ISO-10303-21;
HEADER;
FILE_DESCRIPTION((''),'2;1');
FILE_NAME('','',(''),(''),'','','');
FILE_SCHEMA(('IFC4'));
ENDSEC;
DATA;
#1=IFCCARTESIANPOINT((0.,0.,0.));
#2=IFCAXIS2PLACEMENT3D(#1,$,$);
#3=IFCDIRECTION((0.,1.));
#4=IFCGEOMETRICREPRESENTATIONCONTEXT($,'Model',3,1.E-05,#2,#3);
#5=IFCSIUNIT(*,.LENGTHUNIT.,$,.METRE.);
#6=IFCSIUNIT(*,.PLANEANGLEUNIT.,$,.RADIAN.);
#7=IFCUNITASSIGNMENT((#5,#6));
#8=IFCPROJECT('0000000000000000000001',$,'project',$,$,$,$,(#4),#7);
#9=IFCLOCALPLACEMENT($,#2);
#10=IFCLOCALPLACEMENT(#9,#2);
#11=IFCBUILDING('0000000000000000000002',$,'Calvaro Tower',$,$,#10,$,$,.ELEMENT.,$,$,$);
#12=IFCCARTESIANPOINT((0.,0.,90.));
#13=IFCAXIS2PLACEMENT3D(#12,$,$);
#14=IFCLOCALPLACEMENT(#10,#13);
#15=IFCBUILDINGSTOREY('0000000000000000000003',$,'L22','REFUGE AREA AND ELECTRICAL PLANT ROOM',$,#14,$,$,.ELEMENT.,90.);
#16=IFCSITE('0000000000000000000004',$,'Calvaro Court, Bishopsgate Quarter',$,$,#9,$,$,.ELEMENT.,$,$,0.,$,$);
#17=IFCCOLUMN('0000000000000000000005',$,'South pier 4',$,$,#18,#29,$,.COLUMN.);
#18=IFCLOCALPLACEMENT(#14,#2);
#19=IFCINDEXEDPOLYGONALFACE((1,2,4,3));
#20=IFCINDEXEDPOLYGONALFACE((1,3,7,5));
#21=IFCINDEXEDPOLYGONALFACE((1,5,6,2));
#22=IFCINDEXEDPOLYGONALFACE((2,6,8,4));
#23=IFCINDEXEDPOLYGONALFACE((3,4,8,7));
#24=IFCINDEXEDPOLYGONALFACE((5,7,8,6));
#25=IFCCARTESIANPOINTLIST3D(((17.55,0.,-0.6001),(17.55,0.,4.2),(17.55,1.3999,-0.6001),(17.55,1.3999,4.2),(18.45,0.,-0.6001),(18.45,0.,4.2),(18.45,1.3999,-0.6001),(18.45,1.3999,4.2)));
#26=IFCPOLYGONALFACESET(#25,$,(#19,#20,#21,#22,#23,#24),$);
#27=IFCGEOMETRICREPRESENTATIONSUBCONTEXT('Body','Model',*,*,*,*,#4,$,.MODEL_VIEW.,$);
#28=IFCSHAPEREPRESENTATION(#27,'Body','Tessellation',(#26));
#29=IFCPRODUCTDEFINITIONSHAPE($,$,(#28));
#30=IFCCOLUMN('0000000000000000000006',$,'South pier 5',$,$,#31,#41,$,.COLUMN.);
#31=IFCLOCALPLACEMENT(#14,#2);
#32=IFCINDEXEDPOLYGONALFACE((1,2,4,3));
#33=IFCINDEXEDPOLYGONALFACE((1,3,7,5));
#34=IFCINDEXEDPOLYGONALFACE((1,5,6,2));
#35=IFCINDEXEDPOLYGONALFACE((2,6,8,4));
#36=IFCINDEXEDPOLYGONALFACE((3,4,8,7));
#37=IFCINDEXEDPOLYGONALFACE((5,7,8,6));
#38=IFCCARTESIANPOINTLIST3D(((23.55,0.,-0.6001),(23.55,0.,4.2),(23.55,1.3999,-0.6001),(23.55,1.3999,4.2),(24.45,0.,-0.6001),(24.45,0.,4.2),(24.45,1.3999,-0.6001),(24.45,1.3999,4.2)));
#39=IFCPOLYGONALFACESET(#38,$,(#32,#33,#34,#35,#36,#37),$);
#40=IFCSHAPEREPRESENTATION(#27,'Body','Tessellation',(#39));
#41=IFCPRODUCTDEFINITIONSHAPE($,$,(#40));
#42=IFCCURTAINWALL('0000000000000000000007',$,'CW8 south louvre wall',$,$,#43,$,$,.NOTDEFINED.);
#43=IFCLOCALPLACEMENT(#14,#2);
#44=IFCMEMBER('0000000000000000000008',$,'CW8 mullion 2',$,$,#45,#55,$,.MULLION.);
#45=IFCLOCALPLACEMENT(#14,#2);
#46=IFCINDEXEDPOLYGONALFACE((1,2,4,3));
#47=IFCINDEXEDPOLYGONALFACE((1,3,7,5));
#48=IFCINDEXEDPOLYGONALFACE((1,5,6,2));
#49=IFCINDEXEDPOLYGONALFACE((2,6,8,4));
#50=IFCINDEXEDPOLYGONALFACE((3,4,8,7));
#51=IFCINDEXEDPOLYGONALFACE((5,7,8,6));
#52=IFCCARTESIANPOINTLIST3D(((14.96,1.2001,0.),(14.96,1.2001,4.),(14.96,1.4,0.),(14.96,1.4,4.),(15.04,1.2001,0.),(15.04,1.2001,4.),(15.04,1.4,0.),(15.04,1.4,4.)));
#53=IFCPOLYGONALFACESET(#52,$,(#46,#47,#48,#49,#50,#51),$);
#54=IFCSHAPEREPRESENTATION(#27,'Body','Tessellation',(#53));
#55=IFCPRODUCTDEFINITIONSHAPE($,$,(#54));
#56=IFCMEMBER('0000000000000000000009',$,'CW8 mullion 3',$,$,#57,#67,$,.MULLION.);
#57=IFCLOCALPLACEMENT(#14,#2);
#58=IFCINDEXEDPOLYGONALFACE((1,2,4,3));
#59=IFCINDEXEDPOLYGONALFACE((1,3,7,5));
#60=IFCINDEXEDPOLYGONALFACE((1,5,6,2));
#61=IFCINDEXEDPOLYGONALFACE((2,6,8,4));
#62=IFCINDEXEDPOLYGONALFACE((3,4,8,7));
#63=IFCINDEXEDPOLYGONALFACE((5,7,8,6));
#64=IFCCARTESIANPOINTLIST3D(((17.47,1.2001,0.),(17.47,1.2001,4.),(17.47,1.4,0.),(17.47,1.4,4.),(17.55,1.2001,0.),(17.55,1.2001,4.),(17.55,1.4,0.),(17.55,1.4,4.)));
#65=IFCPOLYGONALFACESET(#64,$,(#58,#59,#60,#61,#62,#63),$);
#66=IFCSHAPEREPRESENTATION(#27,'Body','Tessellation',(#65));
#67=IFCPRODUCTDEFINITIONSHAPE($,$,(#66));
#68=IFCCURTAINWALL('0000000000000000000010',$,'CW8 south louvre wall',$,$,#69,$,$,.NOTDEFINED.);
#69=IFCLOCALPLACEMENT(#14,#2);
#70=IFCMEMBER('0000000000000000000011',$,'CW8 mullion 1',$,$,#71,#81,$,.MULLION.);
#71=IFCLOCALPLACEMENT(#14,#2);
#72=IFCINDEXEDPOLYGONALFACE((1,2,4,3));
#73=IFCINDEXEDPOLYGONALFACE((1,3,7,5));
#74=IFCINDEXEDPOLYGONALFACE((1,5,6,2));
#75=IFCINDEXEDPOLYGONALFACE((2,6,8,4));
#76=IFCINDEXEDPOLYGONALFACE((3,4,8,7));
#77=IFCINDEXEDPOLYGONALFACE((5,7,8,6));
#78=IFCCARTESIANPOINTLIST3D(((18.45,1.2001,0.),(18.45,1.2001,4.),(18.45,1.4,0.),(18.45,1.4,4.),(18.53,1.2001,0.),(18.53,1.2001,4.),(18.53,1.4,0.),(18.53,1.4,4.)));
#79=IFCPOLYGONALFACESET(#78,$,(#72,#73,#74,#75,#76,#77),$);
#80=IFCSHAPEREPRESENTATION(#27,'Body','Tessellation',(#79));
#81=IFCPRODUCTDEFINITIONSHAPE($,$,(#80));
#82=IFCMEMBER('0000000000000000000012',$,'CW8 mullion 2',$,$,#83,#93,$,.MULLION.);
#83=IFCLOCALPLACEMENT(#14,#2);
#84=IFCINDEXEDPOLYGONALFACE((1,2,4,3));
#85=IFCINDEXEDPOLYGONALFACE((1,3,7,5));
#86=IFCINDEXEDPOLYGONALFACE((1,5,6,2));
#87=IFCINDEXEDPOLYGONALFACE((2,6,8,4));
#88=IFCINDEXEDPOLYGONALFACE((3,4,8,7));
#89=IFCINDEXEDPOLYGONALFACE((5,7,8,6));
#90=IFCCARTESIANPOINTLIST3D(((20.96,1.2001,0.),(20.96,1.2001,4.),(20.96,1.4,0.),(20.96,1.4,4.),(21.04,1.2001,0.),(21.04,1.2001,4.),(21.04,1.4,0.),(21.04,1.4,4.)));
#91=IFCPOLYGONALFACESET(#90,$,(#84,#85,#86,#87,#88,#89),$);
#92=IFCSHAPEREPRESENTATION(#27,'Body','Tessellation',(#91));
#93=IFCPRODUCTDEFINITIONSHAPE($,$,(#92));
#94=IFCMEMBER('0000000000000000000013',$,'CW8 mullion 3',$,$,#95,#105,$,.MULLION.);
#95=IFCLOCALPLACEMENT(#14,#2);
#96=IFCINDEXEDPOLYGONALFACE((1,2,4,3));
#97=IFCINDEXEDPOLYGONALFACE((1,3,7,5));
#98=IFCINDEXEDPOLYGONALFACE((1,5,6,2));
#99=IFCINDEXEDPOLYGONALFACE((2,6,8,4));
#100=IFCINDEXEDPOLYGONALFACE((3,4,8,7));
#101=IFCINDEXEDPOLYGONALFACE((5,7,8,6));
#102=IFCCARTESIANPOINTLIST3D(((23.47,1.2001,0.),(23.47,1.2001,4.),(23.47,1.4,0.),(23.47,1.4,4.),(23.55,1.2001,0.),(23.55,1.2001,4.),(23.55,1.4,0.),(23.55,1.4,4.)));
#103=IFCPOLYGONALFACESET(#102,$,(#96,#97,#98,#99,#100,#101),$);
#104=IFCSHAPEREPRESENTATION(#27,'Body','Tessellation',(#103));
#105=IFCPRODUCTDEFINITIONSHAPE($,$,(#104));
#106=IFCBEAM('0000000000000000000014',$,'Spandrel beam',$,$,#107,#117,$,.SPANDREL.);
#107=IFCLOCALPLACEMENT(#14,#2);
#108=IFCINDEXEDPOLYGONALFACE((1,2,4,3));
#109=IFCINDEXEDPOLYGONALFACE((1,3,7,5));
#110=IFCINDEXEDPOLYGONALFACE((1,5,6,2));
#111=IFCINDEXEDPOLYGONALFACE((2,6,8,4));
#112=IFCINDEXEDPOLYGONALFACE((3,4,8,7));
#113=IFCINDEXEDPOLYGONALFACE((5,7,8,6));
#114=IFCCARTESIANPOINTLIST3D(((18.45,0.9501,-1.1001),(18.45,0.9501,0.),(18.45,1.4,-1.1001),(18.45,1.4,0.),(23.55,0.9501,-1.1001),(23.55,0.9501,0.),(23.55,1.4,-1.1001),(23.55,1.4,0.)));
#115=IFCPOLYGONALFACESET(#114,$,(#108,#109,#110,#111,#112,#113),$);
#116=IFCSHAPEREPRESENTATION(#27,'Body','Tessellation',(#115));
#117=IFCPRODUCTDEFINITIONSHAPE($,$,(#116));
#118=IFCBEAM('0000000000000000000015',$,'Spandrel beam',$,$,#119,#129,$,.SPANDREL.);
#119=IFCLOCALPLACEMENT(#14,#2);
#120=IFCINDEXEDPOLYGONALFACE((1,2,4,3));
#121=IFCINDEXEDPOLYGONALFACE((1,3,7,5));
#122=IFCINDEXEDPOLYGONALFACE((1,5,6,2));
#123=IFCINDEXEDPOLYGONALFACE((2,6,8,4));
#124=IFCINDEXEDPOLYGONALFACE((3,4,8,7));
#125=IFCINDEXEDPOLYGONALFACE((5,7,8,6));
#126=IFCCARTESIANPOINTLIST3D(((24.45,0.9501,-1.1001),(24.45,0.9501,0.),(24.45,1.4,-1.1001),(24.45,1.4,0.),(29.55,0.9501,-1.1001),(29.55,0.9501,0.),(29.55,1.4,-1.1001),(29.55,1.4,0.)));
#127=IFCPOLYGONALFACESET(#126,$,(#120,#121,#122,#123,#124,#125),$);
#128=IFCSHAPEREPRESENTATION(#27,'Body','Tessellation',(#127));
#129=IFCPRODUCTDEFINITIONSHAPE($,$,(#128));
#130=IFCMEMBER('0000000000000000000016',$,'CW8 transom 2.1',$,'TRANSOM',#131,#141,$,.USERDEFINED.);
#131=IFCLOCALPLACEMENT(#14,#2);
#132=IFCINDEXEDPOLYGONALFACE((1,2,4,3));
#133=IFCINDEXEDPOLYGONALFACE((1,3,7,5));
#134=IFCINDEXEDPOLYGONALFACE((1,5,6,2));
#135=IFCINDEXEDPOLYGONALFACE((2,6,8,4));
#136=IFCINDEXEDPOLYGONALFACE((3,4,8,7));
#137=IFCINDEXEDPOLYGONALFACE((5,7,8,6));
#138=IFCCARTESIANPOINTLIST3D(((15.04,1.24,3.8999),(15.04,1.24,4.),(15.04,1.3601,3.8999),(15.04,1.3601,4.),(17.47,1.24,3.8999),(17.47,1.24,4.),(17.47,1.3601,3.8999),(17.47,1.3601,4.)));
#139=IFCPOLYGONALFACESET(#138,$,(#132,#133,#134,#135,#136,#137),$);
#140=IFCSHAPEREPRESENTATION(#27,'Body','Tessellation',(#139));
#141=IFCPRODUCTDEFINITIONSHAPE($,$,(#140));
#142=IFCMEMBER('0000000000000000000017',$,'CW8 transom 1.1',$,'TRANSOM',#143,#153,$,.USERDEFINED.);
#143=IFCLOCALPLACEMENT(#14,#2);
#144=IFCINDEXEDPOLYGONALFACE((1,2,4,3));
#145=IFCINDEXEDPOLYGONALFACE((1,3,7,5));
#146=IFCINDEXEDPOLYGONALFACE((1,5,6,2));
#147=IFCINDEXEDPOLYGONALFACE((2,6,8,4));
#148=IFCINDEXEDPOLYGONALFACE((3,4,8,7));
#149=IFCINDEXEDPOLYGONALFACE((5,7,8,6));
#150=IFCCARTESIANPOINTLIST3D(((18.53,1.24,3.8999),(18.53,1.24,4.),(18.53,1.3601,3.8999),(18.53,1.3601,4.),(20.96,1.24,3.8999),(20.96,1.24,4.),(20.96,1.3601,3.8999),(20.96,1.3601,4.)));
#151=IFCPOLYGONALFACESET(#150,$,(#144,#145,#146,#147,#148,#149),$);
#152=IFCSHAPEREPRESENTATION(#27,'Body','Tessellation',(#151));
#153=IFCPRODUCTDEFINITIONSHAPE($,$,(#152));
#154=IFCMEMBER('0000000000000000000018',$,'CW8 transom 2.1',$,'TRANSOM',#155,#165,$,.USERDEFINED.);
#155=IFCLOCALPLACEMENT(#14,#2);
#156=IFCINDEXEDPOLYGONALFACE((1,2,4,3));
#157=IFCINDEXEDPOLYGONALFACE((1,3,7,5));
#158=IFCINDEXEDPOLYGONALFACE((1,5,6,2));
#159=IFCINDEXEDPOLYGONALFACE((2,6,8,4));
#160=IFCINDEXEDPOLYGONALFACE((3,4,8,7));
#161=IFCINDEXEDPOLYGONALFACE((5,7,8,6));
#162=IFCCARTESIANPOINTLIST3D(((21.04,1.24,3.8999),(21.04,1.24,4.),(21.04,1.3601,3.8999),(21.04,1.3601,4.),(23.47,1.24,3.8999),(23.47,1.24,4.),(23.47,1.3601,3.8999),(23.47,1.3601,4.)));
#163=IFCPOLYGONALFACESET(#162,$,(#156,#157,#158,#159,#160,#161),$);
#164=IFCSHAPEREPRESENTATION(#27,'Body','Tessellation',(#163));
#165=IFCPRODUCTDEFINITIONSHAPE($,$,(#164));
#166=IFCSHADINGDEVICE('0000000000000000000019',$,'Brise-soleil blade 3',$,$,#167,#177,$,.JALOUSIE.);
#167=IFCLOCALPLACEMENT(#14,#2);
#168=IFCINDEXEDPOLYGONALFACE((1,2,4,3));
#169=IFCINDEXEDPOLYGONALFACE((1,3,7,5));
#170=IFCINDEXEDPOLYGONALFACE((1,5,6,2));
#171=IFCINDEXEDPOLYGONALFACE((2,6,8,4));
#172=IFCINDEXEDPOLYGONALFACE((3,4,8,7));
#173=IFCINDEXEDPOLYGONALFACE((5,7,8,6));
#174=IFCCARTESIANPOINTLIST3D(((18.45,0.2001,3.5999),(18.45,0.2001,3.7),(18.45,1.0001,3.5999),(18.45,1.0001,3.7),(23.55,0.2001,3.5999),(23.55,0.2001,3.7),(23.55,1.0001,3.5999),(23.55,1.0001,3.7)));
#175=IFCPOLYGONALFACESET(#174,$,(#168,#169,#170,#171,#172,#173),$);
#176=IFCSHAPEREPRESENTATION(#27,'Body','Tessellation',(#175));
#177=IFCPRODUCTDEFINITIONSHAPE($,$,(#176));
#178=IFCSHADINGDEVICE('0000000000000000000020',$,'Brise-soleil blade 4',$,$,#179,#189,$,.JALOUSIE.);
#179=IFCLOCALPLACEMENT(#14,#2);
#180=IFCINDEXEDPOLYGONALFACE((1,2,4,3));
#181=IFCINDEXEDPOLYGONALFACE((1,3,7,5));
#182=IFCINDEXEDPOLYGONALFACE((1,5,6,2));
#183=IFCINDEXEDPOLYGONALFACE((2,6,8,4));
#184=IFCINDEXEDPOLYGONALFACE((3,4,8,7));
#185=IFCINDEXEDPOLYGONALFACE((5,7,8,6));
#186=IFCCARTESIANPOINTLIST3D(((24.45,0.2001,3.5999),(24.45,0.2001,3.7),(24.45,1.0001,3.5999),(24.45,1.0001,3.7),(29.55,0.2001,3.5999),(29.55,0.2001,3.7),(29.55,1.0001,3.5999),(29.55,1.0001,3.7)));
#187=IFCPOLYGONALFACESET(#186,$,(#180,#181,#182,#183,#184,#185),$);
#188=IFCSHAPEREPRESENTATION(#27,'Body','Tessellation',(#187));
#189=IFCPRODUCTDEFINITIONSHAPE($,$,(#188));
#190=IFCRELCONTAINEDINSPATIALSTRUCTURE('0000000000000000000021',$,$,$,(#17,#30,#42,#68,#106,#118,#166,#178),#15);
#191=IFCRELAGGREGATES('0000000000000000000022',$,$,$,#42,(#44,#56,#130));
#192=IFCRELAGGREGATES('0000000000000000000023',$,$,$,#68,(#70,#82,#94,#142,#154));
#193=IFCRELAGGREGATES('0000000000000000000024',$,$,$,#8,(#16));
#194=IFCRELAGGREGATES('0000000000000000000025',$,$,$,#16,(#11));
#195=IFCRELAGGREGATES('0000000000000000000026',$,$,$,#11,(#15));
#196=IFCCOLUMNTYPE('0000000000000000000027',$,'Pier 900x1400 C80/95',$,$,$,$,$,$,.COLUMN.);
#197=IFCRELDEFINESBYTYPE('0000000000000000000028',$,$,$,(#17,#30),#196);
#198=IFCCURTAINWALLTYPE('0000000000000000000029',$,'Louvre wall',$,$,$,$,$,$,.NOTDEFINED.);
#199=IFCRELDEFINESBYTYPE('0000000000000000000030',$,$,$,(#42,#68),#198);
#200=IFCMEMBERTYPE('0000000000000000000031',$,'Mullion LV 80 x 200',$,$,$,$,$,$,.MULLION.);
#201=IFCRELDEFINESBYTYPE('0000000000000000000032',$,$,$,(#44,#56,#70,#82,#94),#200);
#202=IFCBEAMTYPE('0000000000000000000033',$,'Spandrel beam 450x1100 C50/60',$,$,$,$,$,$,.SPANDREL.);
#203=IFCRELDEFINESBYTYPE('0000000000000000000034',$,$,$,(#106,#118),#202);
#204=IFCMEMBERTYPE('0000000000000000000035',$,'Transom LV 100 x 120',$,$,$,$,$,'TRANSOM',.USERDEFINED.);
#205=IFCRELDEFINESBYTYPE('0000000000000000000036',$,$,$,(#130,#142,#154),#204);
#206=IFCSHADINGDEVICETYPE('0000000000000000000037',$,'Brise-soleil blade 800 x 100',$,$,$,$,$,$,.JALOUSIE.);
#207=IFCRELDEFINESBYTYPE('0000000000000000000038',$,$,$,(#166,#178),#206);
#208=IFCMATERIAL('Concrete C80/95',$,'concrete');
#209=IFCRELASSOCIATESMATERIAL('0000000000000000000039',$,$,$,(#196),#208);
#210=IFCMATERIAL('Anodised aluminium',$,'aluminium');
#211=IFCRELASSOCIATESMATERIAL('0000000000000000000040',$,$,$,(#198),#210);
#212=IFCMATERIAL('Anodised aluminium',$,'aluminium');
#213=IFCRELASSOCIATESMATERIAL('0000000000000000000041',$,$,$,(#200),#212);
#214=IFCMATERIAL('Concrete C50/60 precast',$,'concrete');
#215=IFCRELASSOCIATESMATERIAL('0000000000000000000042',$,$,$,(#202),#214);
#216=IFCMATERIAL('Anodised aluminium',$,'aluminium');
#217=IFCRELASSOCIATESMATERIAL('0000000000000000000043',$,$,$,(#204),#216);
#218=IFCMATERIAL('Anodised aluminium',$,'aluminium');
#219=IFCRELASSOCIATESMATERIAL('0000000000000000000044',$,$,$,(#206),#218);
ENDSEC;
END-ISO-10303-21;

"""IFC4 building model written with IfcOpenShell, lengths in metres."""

from ifc_helpers import new_model, si_unit, direction, frame, origin, origin_2d, place, context, subcontext, project, spatial, rectangle, extrude, material, material_profile, profile_set, type_object, element, aggregate, save


model = new_model("IFC4")

# Units and contexts
model_context = context("Model", 3, precision=1e-05, world=origin(), true_north=direction((0.0, 1.0)))
body_context = subcontext(model_context, "Body", "Model", "MODEL_VIEW")
ifc_project = project(units=[si_unit("LENGTHUNIT", "METRE"), si_unit("PLANEANGLEUNIT", "RADIAN")], contexts=[model_context])

# Site, building, storey
site_placement = place(None, origin())
site = spatial("IfcSite", under=ifc_project, at=site_placement, Name="Calvaro Court, Bishopsgate Quarter", CompositionType="ELEMENT", RefElevation=0.0)
building_placement = place(site_placement, origin())
building = spatial("IfcBuilding", under=site, at=building_placement, Name="Calvaro Tower", CompositionType="ELEMENT")
storey_placement = place(building_placement, frame((0.0, 0.0, 90.0)))
storey = spatial("IfcBuildingStorey", under=building, at=storey_placement, Name="L22", Description="REFUGE AREA AND ELECTRICAL PLANT ROOM", CompositionType="ELEMENT", Elevation=90.0)

# Columns
ifc_material_1 = material(Name="Concrete C80/95", Category="concrete")
ifc_material_profile_1 = material_profile(ifc_material_1, rectangle(XDim=0.8999, YDim=1.3999, at=origin_2d()), Name="RC 900x1400")
ifc_profile_set_1 = profile_set([ifc_material_profile_1], Name="Concrete C80/95")
column_type = type_object("IfcColumnType", Name="Pier 900x1400 C80/95", PredefinedType="COLUMN", material=ifc_profile_set_1)
for number, where, z_axis, x_axis, name in (
    (1, (18.0, 0.7, -0.6001), (0.0, 0.0, 1.0), (1.0, 0.0, 0.0), "South pier 4"),
    (2, (24.0, 0.7, -0.6001), (0.0, 0.0, 1.0), (1.0, 0.0, 0.0), "South pier 5"),
):
    element("IfcColumn", number, at=place(storey_placement, frame(where, z_axis=z_axis, x_axis=x_axis)), inside=storey, type_object=column_type, Name=name, PredefinedType="COLUMN", context=body_context, shape_type="SweptSolid", body=[
        extrude(rectangle(XDim=0.8999, YDim=1.3999, at=origin_2d()), origin(), (0.0, 0.0, 1.0), 4.8),
    ])

# Curtain walls, members
ifc_material_2 = material(Name="Anodised aluminium", Category="aluminium")
curtain_wall_type = type_object("IfcCurtainWallType", Name="Louvre wall", PredefinedType="NOTDEFINED", material=ifc_material_2)
curtain_wall_1_placement = place(storey_placement, origin())
curtain_wall_1 = element("IfcCurtainWall", 3, at=curtain_wall_1_placement, inside=storey, type_object=curtain_wall_type, Name="CW8 south louvre wall", PredefinedType="NOTDEFINED")
ifc_material_3 = material(Name="Anodised aluminium", Category="aluminium")
ifc_material_profile_2 = material_profile(ifc_material_3, rectangle(XDim=0.2, YDim=0.0801, at=origin_2d()), Name="Mullion LV 80 x 200")
ifc_profile_set_2 = profile_set([ifc_material_profile_2], Name="Anodised aluminium")
member_type_1 = type_object("IfcMemberType", Name="Mullion LV 80 x 200", PredefinedType="MULLION", material=ifc_profile_set_2)
member_1_placement = place(storey_placement, frame((15.0, 1.3, 0.0), z_axis=(0.0, 0.0, 1.0), x_axis=(0.0, 1.0, 0.0)))
member_1 = element("IfcMember", 4, at=member_1_placement, type_object=member_type_1, Name="CW8 mullion 2", PredefinedType="MULLION", context=body_context, shape_type="SweptSolid", body=[
    extrude(rectangle(XDim=0.2, YDim=0.0801, at=origin_2d()), origin(), (0.0, 0.0, 1.0), 4.0),
])
member_2_placement = place(storey_placement, frame((17.51, 1.3, 0.0), z_axis=(0.0, 0.0, 1.0), x_axis=(0.0, 1.0, 0.0)))
member_2 = element("IfcMember", 5, at=member_2_placement, type_object=member_type_1, Name="CW8 mullion 3", PredefinedType="MULLION", context=body_context, shape_type="SweptSolid", body=[
    extrude(rectangle(XDim=0.2, YDim=0.0801, at=origin_2d()), origin(), (0.0, 0.0, 1.0), 4.0),
])
curtain_wall_2_placement = place(storey_placement, origin())
curtain_wall_2 = element("IfcCurtainWall", 6, at=curtain_wall_2_placement, inside=storey, type_object=curtain_wall_type, Name="CW8 south louvre wall", PredefinedType="NOTDEFINED")
member_3_placement = place(storey_placement, frame((18.49, 1.3, 0.0), z_axis=(0.0, 0.0, 1.0), x_axis=(0.0, 1.0, 0.0)))
member_3 = element("IfcMember", 7, at=member_3_placement, type_object=member_type_1, Name="CW8 mullion 1", PredefinedType="MULLION", context=body_context, shape_type="SweptSolid", body=[
    extrude(rectangle(XDim=0.2, YDim=0.0801, at=origin_2d()), origin(), (0.0, 0.0, 1.0), 4.0),
])
member_4_placement = place(storey_placement, frame((21.0, 1.3, 0.0), z_axis=(0.0, 0.0, 1.0), x_axis=(0.0, 1.0, 0.0)))
member_4 = element("IfcMember", 8, at=member_4_placement, type_object=member_type_1, Name="CW8 mullion 2", PredefinedType="MULLION", context=body_context, shape_type="SweptSolid", body=[
    extrude(rectangle(XDim=0.2, YDim=0.0801, at=origin_2d()), origin(), (0.0, 0.0, 1.0), 4.0),
])
member_5_placement = place(storey_placement, frame((23.51, 1.3, 0.0), z_axis=(0.0, 0.0, 1.0), x_axis=(0.0, 1.0, 0.0)))
member_5 = element("IfcMember", 9, at=member_5_placement, type_object=member_type_1, Name="CW8 mullion 3", PredefinedType="MULLION", context=body_context, shape_type="SweptSolid", body=[
    extrude(rectangle(XDim=0.2, YDim=0.0801, at=origin_2d()), origin(), (0.0, 0.0, 1.0), 4.0),
])

# Beams
ifc_material_4 = material(Name="Concrete C50/60 precast", Category="concrete")
ifc_material_profile_3 = material_profile(ifc_material_4, rectangle(XDim=0.45, YDim=1.1001, at=origin_2d()), Name="RC 450x1100")
ifc_profile_set_3 = profile_set([ifc_material_profile_3], Name="Concrete C50/60 precast")
beam_type = type_object("IfcBeamType", Name="Spandrel beam 450x1100 C50/60", PredefinedType="SPANDREL", material=ifc_profile_set_3)
for number, where, z_axis, x_axis, name in (
    (10, (18.45, 1.175, -0.55), (1.0, 0.0, 0.0), (0.0, 1.0, 0.0), "Spandrel beam"),
    (11, (24.45, 1.175, -0.55), (1.0, 0.0, 0.0), (0.0, 1.0, 0.0), "Spandrel beam"),
):
    element("IfcBeam", number, at=place(storey_placement, frame(where, z_axis=z_axis, x_axis=x_axis)), inside=storey, type_object=beam_type, Name=name, PredefinedType="SPANDREL", context=body_context, shape_type="SweptSolid", body=[
        extrude(rectangle(XDim=0.45, YDim=1.1001, at=origin_2d()), origin(), (0.0, 0.0, 1.0), 5.1001),
    ])

# Members
ifc_material_5 = material(Name="Anodised aluminium", Category="aluminium")
ifc_material_profile_4 = material_profile(ifc_material_5, rectangle(XDim=0.1201, YDim=0.1001, at=origin_2d()), Name="Transom LV 100 x 120")
ifc_profile_set_4 = profile_set([ifc_material_profile_4], Name="Anodised aluminium")
member_type_2 = type_object("IfcMemberType", Name="Transom LV 100 x 120", ElementType="TRANSOM", PredefinedType="USERDEFINED", material=ifc_profile_set_4)
member_6_placement = place(storey_placement, frame((15.04, 1.3, 3.95), z_axis=(1.0, 0.0, 0.0), x_axis=(0.0, 1.0, 0.0)))
member_6 = element("IfcMember", 12, at=member_6_placement, type_object=member_type_2, Name="CW8 transom 2.1", ObjectType="TRANSOM", PredefinedType="USERDEFINED", context=body_context, shape_type="SweptSolid", body=[
    extrude(rectangle(XDim=0.1201, YDim=0.1001, at=origin_2d()), origin(), (0.0, 0.0, 1.0), 2.4299),
])
member_7_placement = place(storey_placement, frame((18.53, 1.3, 3.95), z_axis=(1.0, 0.0, 0.0), x_axis=(0.0, 1.0, 0.0)))
member_7 = element("IfcMember", 13, at=member_7_placement, type_object=member_type_2, Name="CW8 transom 1.1", ObjectType="TRANSOM", PredefinedType="USERDEFINED", context=body_context, shape_type="SweptSolid", body=[
    extrude(rectangle(XDim=0.1201, YDim=0.1001, at=origin_2d()), origin(), (0.0, 0.0, 1.0), 2.4299),
])
member_8_placement = place(storey_placement, frame((21.04, 1.3, 3.95), z_axis=(1.0, 0.0, 0.0), x_axis=(0.0, 1.0, 0.0)))
member_8 = element("IfcMember", 14, at=member_8_placement, type_object=member_type_2, Name="CW8 transom 2.1", ObjectType="TRANSOM", PredefinedType="USERDEFINED", context=body_context, shape_type="SweptSolid", body=[
    extrude(rectangle(XDim=0.1201, YDim=0.1001, at=origin_2d()), origin(), (0.0, 0.0, 1.0), 2.4299),
])

# Shading devices
ifc_material_6 = material(Name="Anodised aluminium", Category="aluminium")
ifc_material_profile_5 = material_profile(ifc_material_6, rectangle(XDim=0.8, YDim=0.1001, at=origin_2d()), Name="Brise-soleil blade 800 x 100")
ifc_profile_set_5 = profile_set([ifc_material_profile_5], Name="Anodised aluminium")
shading_device_type_1 = type_object("IfcShadingDeviceType", Name="Brise-soleil blade 800 x 100", PredefinedType="JALOUSIE", material=ifc_profile_set_5)
for number, where, z_axis, x_axis, name in (
    (15, (18.45, 0.6001, 3.6499), (1.0, 0.0, 0.0), (0.0, 1.0, 0.0), "Brise-soleil blade 3"),
    (16, (24.45, 0.6001, 3.6499), (1.0, 0.0, 0.0), (0.0, 1.0, 0.0), "Brise-soleil blade 4"),
):
    element("IfcShadingDevice", number, at=place(storey_placement, frame(where, z_axis=z_axis, x_axis=x_axis)), inside=storey, type_object=shading_device_type_1, Name=name, PredefinedType="JALOUSIE", context=body_context, shape_type="SweptSolid", body=[
        extrude(rectangle(XDim=0.8, YDim=0.1001, at=origin_2d()), origin(), (0.0, 0.0, 1.0), 5.1001),
    ])

aggregate(curtain_wall_1, [member_1, member_2, member_6])
aggregate(curtain_wall_2, [member_3, member_4, member_5, member_7, member_8])

save(model, "model.ifc")
